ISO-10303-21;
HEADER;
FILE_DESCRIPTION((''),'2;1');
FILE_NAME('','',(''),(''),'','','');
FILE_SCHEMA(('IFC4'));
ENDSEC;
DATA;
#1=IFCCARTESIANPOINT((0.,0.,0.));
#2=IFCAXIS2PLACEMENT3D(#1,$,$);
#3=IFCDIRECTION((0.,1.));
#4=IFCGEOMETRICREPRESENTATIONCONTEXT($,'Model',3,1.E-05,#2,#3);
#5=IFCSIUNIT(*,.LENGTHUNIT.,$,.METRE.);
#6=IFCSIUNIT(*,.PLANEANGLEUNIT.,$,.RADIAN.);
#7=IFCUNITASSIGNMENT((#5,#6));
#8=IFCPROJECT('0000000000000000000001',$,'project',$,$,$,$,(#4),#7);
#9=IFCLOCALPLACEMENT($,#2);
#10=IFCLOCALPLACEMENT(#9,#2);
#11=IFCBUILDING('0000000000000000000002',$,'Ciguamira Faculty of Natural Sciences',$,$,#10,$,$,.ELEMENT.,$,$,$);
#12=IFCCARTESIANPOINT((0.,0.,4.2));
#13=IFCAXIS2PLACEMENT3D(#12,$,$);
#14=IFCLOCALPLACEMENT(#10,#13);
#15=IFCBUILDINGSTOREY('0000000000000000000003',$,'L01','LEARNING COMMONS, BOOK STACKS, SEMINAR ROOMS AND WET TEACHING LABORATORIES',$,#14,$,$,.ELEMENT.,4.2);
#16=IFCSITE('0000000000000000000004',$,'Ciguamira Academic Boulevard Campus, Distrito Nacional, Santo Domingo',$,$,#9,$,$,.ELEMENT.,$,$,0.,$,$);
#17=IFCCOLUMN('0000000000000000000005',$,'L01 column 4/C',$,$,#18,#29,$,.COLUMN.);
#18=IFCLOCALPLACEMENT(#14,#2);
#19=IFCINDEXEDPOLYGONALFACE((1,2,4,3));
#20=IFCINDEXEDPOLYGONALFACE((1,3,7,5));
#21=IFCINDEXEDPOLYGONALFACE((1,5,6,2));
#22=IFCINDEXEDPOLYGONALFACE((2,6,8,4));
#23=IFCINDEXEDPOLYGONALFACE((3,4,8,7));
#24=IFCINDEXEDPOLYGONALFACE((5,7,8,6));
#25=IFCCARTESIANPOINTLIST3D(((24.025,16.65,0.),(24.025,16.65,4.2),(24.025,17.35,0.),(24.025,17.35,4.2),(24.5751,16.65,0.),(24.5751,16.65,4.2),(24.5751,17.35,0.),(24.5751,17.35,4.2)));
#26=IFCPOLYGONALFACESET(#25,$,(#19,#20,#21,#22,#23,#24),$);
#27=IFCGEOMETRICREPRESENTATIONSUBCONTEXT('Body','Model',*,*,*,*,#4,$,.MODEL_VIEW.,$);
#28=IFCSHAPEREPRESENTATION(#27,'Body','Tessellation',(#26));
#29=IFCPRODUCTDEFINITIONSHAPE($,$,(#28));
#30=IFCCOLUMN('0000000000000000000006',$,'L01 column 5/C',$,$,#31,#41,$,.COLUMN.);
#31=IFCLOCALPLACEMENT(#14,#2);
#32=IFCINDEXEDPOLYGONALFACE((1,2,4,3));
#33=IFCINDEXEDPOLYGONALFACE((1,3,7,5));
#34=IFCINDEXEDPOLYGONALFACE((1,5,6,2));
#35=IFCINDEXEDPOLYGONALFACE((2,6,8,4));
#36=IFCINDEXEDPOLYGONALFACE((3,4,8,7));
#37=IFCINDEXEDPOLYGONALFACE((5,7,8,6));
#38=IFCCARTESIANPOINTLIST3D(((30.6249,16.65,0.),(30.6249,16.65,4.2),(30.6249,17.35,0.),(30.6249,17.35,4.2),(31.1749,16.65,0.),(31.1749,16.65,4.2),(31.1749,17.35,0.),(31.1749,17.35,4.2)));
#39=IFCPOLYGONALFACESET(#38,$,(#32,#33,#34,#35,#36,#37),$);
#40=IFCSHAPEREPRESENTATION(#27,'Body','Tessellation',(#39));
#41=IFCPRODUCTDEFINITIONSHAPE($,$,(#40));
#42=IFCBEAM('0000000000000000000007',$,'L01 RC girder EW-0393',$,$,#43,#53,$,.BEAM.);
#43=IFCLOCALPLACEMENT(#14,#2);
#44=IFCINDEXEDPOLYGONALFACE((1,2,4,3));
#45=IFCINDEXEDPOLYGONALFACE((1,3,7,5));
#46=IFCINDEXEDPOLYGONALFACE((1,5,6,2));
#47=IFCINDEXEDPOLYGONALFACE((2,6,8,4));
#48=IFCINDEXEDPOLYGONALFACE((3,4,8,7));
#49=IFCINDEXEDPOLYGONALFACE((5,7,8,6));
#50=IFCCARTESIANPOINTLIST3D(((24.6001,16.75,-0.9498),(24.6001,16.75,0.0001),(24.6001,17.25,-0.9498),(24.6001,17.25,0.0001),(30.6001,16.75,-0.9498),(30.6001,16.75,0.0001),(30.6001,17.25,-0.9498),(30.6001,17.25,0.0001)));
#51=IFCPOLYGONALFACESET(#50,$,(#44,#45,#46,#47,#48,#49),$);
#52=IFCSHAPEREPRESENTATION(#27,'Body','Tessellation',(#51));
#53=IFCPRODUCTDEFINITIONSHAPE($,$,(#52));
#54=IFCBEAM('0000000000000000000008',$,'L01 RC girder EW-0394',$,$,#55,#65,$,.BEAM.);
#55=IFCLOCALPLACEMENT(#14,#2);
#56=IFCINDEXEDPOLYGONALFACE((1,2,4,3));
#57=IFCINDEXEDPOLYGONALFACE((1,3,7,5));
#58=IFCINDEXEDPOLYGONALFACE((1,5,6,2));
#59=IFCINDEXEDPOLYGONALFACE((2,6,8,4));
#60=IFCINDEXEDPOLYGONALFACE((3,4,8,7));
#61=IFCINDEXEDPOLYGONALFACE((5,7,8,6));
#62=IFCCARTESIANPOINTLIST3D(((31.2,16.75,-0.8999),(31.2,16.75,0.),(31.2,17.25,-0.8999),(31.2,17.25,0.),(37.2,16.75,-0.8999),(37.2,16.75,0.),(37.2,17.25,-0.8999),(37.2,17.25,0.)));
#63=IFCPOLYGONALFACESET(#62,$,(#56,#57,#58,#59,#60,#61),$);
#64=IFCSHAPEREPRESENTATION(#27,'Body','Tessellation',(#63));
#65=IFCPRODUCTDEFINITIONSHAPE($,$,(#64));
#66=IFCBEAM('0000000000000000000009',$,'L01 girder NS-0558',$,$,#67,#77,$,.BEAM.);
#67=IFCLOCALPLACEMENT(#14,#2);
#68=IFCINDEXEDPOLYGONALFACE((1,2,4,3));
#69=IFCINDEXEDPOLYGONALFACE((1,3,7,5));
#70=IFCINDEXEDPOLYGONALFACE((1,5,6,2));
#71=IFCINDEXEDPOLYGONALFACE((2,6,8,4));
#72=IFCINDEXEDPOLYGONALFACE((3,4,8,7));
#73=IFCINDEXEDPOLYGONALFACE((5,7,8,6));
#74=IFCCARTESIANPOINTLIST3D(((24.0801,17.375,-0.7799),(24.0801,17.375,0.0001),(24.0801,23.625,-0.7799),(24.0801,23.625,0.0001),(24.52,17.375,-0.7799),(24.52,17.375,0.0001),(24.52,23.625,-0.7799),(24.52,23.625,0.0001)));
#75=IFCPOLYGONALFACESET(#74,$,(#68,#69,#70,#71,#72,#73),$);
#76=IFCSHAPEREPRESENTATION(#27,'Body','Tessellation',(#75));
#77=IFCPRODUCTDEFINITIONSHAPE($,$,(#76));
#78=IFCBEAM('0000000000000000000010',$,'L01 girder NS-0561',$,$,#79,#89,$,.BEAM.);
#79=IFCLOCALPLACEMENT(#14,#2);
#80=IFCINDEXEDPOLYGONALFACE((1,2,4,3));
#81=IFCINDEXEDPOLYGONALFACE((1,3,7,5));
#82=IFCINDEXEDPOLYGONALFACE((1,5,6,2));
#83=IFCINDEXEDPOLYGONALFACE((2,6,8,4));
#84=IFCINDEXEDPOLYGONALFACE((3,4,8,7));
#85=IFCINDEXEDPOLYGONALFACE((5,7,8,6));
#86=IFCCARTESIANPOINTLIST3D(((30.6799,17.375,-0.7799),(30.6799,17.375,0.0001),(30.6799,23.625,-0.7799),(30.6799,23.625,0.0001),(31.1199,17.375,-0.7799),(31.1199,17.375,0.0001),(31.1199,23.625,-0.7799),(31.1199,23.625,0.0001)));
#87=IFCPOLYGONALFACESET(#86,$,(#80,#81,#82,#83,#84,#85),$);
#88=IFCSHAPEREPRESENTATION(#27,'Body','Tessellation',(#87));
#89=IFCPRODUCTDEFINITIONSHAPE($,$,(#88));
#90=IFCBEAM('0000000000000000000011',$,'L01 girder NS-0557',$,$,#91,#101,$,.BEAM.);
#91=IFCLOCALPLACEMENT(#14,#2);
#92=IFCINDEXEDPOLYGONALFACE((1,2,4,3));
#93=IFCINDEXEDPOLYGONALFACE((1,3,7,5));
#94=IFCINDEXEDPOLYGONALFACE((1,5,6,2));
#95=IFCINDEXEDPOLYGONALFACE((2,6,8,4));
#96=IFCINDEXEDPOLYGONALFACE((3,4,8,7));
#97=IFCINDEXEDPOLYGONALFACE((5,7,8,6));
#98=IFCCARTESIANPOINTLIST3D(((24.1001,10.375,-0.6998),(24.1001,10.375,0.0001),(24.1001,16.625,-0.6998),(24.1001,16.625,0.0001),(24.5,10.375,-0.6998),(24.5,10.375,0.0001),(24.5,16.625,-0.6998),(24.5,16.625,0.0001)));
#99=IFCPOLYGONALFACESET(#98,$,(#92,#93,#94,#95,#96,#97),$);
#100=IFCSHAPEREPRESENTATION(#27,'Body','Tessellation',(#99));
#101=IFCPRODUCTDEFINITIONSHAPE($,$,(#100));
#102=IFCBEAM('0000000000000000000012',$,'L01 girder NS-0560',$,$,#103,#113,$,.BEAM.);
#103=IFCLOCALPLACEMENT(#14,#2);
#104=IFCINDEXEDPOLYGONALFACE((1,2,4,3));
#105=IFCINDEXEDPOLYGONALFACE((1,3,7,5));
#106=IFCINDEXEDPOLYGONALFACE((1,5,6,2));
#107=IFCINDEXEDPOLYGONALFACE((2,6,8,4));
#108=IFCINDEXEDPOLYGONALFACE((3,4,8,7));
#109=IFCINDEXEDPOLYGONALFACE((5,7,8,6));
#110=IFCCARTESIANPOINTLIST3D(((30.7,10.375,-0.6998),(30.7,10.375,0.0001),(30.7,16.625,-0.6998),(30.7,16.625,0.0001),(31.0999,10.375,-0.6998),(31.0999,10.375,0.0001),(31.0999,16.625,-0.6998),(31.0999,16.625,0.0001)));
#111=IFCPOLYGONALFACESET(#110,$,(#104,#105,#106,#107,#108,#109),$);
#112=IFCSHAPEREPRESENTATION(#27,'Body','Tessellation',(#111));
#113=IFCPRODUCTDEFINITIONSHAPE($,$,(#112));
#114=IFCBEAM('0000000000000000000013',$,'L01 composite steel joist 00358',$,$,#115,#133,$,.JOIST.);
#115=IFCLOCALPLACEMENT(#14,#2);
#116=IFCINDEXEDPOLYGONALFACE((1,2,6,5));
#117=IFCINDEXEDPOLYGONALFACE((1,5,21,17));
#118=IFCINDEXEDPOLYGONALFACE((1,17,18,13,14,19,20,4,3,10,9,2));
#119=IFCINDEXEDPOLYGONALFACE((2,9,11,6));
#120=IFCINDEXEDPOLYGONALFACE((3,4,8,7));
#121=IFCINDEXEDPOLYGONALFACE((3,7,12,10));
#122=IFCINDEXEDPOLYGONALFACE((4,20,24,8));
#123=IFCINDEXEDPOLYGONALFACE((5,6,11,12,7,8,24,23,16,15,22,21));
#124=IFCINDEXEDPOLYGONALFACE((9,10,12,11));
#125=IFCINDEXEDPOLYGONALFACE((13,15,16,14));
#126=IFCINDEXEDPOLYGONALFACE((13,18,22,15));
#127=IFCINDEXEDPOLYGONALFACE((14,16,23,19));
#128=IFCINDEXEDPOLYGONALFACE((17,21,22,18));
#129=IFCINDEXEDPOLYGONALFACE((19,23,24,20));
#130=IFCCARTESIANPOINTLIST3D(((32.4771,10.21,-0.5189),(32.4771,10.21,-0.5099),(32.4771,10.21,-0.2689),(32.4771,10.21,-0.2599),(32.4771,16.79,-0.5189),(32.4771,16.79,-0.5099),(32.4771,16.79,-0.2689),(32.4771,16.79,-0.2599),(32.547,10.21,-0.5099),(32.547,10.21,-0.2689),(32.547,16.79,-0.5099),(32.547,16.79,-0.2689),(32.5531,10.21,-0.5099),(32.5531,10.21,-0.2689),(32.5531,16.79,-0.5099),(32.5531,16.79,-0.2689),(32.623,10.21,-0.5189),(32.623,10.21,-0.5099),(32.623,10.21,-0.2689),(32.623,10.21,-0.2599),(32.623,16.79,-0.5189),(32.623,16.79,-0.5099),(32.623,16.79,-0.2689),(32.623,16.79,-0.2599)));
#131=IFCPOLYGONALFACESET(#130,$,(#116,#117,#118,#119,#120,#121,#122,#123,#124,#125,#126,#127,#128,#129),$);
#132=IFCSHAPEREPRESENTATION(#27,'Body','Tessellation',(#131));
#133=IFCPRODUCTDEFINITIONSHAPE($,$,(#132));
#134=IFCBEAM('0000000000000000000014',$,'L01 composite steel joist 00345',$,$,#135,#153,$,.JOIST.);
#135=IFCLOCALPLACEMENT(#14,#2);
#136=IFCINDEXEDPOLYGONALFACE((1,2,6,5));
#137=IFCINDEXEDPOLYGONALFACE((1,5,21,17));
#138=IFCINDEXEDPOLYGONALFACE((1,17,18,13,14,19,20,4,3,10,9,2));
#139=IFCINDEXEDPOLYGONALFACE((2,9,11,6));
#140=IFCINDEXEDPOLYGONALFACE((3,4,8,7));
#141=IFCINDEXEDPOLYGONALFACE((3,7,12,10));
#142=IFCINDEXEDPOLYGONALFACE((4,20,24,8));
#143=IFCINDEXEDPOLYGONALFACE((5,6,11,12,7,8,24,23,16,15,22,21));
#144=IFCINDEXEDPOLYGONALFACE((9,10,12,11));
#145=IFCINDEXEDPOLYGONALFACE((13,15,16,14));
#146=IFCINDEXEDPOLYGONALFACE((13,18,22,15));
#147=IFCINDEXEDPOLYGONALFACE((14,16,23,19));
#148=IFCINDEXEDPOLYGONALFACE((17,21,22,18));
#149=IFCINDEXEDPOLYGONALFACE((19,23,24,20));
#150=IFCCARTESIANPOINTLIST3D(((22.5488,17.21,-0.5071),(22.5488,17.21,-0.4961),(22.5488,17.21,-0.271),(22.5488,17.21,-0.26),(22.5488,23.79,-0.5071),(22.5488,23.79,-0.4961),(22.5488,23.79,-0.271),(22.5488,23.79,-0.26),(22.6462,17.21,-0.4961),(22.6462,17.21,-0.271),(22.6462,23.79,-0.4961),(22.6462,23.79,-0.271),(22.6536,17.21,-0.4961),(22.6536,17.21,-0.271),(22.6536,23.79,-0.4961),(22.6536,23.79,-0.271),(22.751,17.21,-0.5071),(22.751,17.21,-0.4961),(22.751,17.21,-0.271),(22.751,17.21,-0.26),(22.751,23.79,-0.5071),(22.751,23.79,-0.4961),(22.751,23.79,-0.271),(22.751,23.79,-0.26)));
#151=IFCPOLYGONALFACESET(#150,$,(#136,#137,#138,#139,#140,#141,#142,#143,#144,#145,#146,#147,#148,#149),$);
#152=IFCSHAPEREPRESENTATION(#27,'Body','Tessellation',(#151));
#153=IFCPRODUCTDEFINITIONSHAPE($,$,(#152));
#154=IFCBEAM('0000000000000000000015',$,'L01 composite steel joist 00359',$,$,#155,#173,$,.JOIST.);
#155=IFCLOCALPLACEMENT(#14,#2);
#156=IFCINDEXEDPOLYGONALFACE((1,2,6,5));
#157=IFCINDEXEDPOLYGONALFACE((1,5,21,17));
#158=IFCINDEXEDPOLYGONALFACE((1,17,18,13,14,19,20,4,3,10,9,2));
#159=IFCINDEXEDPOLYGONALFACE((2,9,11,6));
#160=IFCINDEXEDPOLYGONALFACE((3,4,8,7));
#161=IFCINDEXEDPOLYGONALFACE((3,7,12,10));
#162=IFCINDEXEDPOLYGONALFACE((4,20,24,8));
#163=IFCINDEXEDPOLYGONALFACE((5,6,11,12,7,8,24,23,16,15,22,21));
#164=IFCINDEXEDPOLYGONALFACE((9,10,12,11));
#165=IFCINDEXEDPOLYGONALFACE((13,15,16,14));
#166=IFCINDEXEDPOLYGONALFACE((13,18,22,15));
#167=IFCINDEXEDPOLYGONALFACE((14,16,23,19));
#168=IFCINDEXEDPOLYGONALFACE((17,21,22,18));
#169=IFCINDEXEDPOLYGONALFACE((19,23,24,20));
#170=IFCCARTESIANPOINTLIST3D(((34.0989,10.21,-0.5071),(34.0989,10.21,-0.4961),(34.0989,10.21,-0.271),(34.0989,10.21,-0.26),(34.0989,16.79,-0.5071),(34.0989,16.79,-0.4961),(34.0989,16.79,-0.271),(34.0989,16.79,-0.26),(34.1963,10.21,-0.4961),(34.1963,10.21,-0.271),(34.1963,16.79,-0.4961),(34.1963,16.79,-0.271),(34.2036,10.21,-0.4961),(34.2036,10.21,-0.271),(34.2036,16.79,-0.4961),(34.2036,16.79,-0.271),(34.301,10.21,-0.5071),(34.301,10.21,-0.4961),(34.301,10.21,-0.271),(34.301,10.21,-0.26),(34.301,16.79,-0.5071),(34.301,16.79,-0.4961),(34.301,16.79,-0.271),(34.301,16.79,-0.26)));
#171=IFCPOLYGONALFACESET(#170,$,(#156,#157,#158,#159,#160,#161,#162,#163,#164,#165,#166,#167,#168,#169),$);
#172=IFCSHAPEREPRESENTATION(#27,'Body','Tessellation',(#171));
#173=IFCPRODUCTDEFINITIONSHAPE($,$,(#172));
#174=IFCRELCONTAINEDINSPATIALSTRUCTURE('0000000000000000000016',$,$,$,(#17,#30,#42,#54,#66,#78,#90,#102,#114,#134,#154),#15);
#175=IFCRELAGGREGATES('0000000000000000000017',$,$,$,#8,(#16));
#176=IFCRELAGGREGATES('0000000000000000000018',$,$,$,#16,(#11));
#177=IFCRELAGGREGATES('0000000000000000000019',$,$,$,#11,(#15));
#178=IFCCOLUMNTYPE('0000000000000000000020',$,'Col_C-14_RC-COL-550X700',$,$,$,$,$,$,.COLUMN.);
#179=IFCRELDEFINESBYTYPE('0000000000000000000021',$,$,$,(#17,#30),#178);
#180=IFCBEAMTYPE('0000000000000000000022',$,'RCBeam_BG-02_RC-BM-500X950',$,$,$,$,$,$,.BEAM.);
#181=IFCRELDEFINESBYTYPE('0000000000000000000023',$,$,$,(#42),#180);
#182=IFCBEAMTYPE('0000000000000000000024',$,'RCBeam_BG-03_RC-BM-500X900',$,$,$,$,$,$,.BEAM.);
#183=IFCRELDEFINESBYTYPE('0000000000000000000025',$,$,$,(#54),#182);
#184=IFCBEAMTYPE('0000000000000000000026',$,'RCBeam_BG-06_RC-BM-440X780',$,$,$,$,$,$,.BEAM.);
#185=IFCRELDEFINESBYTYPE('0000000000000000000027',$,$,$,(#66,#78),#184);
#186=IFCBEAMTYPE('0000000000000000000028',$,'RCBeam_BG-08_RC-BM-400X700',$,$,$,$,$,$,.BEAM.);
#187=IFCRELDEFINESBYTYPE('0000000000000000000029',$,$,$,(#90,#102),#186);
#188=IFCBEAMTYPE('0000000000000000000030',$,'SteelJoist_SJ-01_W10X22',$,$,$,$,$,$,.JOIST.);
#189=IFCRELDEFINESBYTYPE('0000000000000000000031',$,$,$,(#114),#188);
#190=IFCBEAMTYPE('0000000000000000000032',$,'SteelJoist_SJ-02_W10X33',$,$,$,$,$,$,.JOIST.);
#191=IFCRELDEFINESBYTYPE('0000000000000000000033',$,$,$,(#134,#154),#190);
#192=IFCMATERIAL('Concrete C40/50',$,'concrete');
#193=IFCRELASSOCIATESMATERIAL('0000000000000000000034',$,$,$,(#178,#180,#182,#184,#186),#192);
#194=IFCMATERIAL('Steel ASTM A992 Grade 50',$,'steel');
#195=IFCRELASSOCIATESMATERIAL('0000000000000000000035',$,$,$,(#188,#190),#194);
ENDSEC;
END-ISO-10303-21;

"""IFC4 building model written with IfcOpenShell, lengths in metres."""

from ifc_helpers import new_model, si_unit, direction, frame, origin, origin_2d, place, context, subcontext, project, spatial, rectangle, i_section, extrude, material, material_profile, profile_set, type_object, element, save


model = new_model("IFC4")

# Units and contexts
model_context = context("Model", 3, precision=1e-05, world=origin(), true_north=direction((0.0, 1.0)))
body_context = subcontext(model_context, "Body", "Model", "MODEL_VIEW")
ifc_project = project(units=[si_unit("LENGTHUNIT", "METRE"), si_unit("PLANEANGLEUNIT", "RADIAN")], contexts=[model_context])

# Site, building, storey
site_placement = place(None, origin())
site = spatial("IfcSite", under=ifc_project, at=site_placement, Name="Ciguamira Academic Boulevard Campus, Distrito Nacional, Santo Domingo", CompositionType="ELEMENT", RefElevation=0.0)
building_placement = place(site_placement, origin())
building = spatial("IfcBuilding", under=site, at=building_placement, Name="Ciguamira Faculty of Natural Sciences", CompositionType="ELEMENT")
storey_placement = place(building_placement, frame((0.0, 0.0, 4.2)))
storey = spatial("IfcBuildingStorey", under=building, at=storey_placement, Name="L01", Description="LEARNING COMMONS, BOOK STACKS, SEMINAR ROOMS AND WET TEACHING LABORATORIES", CompositionType="ELEMENT", Elevation=4.2)

# Columns
ifc_material_1 = material(Name="Concrete C40/50", Category="concrete")
ifc_material_profile_1 = material_profile(ifc_material_1, rectangle(XDim=0.55, YDim=0.7, at=origin_2d()), Name="RC-COL-550X700")
ifc_profile_set_1 = profile_set([ifc_material_profile_1], Name="Concrete C40/50")
column_type = type_object("IfcColumnType", Name="Col_C-14_RC-COL-550X700", PredefinedType="COLUMN", material=ifc_profile_set_1)
for number, where, z_axis, x_axis, name in (
    (1, (24.3, 17.0, 0.0), (0.0, 0.0, 1.0), (1.0, 0.0, 0.0), "L01 column 4/C"),
    (2, (30.8999, 17.0, 0.0), (0.0, 0.0, 1.0), (1.0, 0.0, 0.0), "L01 column 5/C"),
):
    element("IfcColumn", number, at=place(storey_placement, frame(where, z_axis=z_axis, x_axis=x_axis)), inside=storey, type_object=column_type, Name=name, PredefinedType="COLUMN", context=body_context, shape_type="SweptSolid", body=[
        extrude(rectangle(XDim=0.55, YDim=0.7, at=origin_2d()), origin(), (0.0, 0.0, 1.0), 4.2),
    ])

# Beams
ifc_material_profile_2 = material_profile(ifc_material_1, rectangle(XDim=0.5, YDim=0.95, at=origin_2d()), Name="RC-BM-500X950")
ifc_profile_set_2 = profile_set([ifc_material_profile_2], Name="Concrete C40/50")
beam_type_1 = type_object("IfcBeamType", Name="RCBeam_BG-02_RC-BM-500X950", PredefinedType="BEAM", material=ifc_profile_set_2)
beam_1_placement = place(storey_placement, frame((24.6001, 17.0, -0.4749), z_axis=(1.0, 0.0, 0.0), x_axis=(0.0, 1.0, 0.0)))
element("IfcBeam", 3, at=beam_1_placement, inside=storey, type_object=beam_type_1, Name="L01 RC girder EW-0393", PredefinedType="BEAM", context=body_context, shape_type="SweptSolid", body=[
    extrude(rectangle(XDim=0.5, YDim=0.95, at=origin_2d()), origin(), (0.0, 0.0, 1.0), 6.0),
])
ifc_material_profile_3 = material_profile(ifc_material_1, rectangle(XDim=0.5, YDim=0.8999, at=origin_2d()), Name="RC-BM-500X900")
ifc_profile_set_3 = profile_set([ifc_material_profile_3], Name="Concrete C40/50")
beam_type_2 = type_object("IfcBeamType", Name="RCBeam_BG-03_RC-BM-500X900", PredefinedType="BEAM", material=ifc_profile_set_3)
beam_2_placement = place(storey_placement, frame((31.2, 17.0, -0.45), z_axis=(1.0, 0.0, 0.0), x_axis=(0.0, 1.0, 0.0)))
element("IfcBeam", 4, at=beam_2_placement, inside=storey, type_object=beam_type_2, Name="L01 RC girder EW-0394", PredefinedType="BEAM", context=body_context, shape_type="SweptSolid", body=[
    extrude(rectangle(XDim=0.5, YDim=0.8999, at=origin_2d()), origin(), (0.0, 0.0, 1.0), 6.0),
])
ifc_material_profile_4 = material_profile(ifc_material_1, rectangle(XDim=0.4399, YDim=0.78, at=origin_2d()), Name="RC-BM-440X780")
ifc_profile_set_4 = profile_set([ifc_material_profile_4], Name="Concrete C40/50")
beam_type_3 = type_object("IfcBeamType", Name="RCBeam_BG-06_RC-BM-440X780", PredefinedType="BEAM", material=ifc_profile_set_4)
for number, where, z_axis, x_axis, name in (
    (5, (24.3, 17.375, -0.3899), (0.0, 1.0, 0.0), (-1.0, 0.0, 0.0), "L01 girder NS-0558"),
    (6, (30.8999, 17.375, -0.3899), (0.0, 1.0, 0.0), (-1.0, 0.0, 0.0), "L01 girder NS-0561"),
):
    element("IfcBeam", number, at=place(storey_placement, frame(where, z_axis=z_axis, x_axis=x_axis)), inside=storey, type_object=beam_type_3, Name=name, PredefinedType="BEAM", context=body_context, shape_type="SweptSolid", body=[
        extrude(rectangle(XDim=0.4399, YDim=0.78, at=origin_2d()), origin(), (0.0, 0.0, 1.0), 6.25),
    ])
ifc_material_profile_5 = material_profile(ifc_material_1, rectangle(XDim=0.3999, YDim=0.7, at=origin_2d()), Name="RC-BM-400X700")
ifc_profile_set_5 = profile_set([ifc_material_profile_5], Name="Concrete C40/50")
beam_type_4 = type_object("IfcBeamType", Name="RCBeam_BG-08_RC-BM-400X700", PredefinedType="BEAM", material=ifc_profile_set_5)
for number, where, z_axis, x_axis, name in (
    (7, (24.3, 10.375, -0.3499), (0.0, 1.0, 0.0), (-1.0, 0.0, 0.0), "L01 girder NS-0557"),
    (8, (30.8999, 10.375, -0.3499), (0.0, 1.0, 0.0), (-1.0, 0.0, 0.0), "L01 girder NS-0560"),
):
    element("IfcBeam", number, at=place(storey_placement, frame(where, z_axis=z_axis, x_axis=x_axis)), inside=storey, type_object=beam_type_4, Name=name, PredefinedType="BEAM", context=body_context, shape_type="SweptSolid", body=[
        extrude(rectangle(XDim=0.3999, YDim=0.7, at=origin_2d()), origin(), (0.0, 0.0, 1.0), 6.25),
    ])
ifc_material_2 = material(Name="Steel ASTM A992 Grade 50", Category="steel")
ifc_material_profile_6 = material_profile(ifc_material_2, i_section(OverallWidth=0.146, OverallDepth=0.259, WebThickness=0.0061, FlangeThickness=0.009, at=origin_2d()), Name="W10X22")
ifc_profile_set_6 = profile_set([ifc_material_profile_6], Name="Steel ASTM A992 Grade 50")
beam_type_5 = type_object("IfcBeamType", Name="SteelJoist_SJ-01_W10X22", PredefinedType="JOIST", material=ifc_profile_set_6)
beam_3_placement = place(storey_placement, frame((32.55, 10.21, -0.3894), z_axis=(0.0, 1.0, 0.0), x_axis=(-1.0, 0.0, 0.0)))
element("IfcBeam", 9, at=beam_3_placement, inside=storey, type_object=beam_type_5, Name="L01 composite steel joist 00358", PredefinedType="JOIST", context=body_context, shape_type="SweptSolid", body=[
    extrude(i_section(OverallWidth=0.146, OverallDepth=0.259, WebThickness=0.0061, FlangeThickness=0.009, at=origin_2d()), origin(), (0.0, 0.0, 1.0), 6.5801),
])
ifc_material_profile_7 = material_profile(ifc_material_2, i_section(OverallWidth=0.2021, OverallDepth=0.2471, WebThickness=0.0073, FlangeThickness=0.011, at=origin_2d()), Name="W10X33")
ifc_profile_set_7 = profile_set([ifc_material_profile_7], Name="Steel ASTM A992 Grade 50")
beam_type_6 = type_object("IfcBeamType", Name="SteelJoist_SJ-02_W10X33", PredefinedType="JOIST", material=ifc_profile_set_7)
for number, where, z_axis, x_axis, name in (
    (10, (22.6499, 17.21, -0.3835), (0.0, 1.0, 0.0), (-1.0, 0.0, 0.0), "L01 composite steel joist 00345"),
    (11, (34.2, 10.21, -0.3835), (0.0, 1.0, 0.0), (-1.0, 0.0, 0.0), "L01 composite steel joist 00359"),
):
    element("IfcBeam", number, at=place(storey_placement, frame(where, z_axis=z_axis, x_axis=x_axis)), inside=storey, type_object=beam_type_6, Name=name, PredefinedType="JOIST", context=body_context, shape_type="SweptSolid", body=[
        extrude(i_section(OverallWidth=0.2021, OverallDepth=0.2471, WebThickness=0.0073, FlangeThickness=0.011, at=origin_2d()), origin(), (0.0, 0.0, 1.0), 6.5801),
    ])

save(model, "model.ifc")
